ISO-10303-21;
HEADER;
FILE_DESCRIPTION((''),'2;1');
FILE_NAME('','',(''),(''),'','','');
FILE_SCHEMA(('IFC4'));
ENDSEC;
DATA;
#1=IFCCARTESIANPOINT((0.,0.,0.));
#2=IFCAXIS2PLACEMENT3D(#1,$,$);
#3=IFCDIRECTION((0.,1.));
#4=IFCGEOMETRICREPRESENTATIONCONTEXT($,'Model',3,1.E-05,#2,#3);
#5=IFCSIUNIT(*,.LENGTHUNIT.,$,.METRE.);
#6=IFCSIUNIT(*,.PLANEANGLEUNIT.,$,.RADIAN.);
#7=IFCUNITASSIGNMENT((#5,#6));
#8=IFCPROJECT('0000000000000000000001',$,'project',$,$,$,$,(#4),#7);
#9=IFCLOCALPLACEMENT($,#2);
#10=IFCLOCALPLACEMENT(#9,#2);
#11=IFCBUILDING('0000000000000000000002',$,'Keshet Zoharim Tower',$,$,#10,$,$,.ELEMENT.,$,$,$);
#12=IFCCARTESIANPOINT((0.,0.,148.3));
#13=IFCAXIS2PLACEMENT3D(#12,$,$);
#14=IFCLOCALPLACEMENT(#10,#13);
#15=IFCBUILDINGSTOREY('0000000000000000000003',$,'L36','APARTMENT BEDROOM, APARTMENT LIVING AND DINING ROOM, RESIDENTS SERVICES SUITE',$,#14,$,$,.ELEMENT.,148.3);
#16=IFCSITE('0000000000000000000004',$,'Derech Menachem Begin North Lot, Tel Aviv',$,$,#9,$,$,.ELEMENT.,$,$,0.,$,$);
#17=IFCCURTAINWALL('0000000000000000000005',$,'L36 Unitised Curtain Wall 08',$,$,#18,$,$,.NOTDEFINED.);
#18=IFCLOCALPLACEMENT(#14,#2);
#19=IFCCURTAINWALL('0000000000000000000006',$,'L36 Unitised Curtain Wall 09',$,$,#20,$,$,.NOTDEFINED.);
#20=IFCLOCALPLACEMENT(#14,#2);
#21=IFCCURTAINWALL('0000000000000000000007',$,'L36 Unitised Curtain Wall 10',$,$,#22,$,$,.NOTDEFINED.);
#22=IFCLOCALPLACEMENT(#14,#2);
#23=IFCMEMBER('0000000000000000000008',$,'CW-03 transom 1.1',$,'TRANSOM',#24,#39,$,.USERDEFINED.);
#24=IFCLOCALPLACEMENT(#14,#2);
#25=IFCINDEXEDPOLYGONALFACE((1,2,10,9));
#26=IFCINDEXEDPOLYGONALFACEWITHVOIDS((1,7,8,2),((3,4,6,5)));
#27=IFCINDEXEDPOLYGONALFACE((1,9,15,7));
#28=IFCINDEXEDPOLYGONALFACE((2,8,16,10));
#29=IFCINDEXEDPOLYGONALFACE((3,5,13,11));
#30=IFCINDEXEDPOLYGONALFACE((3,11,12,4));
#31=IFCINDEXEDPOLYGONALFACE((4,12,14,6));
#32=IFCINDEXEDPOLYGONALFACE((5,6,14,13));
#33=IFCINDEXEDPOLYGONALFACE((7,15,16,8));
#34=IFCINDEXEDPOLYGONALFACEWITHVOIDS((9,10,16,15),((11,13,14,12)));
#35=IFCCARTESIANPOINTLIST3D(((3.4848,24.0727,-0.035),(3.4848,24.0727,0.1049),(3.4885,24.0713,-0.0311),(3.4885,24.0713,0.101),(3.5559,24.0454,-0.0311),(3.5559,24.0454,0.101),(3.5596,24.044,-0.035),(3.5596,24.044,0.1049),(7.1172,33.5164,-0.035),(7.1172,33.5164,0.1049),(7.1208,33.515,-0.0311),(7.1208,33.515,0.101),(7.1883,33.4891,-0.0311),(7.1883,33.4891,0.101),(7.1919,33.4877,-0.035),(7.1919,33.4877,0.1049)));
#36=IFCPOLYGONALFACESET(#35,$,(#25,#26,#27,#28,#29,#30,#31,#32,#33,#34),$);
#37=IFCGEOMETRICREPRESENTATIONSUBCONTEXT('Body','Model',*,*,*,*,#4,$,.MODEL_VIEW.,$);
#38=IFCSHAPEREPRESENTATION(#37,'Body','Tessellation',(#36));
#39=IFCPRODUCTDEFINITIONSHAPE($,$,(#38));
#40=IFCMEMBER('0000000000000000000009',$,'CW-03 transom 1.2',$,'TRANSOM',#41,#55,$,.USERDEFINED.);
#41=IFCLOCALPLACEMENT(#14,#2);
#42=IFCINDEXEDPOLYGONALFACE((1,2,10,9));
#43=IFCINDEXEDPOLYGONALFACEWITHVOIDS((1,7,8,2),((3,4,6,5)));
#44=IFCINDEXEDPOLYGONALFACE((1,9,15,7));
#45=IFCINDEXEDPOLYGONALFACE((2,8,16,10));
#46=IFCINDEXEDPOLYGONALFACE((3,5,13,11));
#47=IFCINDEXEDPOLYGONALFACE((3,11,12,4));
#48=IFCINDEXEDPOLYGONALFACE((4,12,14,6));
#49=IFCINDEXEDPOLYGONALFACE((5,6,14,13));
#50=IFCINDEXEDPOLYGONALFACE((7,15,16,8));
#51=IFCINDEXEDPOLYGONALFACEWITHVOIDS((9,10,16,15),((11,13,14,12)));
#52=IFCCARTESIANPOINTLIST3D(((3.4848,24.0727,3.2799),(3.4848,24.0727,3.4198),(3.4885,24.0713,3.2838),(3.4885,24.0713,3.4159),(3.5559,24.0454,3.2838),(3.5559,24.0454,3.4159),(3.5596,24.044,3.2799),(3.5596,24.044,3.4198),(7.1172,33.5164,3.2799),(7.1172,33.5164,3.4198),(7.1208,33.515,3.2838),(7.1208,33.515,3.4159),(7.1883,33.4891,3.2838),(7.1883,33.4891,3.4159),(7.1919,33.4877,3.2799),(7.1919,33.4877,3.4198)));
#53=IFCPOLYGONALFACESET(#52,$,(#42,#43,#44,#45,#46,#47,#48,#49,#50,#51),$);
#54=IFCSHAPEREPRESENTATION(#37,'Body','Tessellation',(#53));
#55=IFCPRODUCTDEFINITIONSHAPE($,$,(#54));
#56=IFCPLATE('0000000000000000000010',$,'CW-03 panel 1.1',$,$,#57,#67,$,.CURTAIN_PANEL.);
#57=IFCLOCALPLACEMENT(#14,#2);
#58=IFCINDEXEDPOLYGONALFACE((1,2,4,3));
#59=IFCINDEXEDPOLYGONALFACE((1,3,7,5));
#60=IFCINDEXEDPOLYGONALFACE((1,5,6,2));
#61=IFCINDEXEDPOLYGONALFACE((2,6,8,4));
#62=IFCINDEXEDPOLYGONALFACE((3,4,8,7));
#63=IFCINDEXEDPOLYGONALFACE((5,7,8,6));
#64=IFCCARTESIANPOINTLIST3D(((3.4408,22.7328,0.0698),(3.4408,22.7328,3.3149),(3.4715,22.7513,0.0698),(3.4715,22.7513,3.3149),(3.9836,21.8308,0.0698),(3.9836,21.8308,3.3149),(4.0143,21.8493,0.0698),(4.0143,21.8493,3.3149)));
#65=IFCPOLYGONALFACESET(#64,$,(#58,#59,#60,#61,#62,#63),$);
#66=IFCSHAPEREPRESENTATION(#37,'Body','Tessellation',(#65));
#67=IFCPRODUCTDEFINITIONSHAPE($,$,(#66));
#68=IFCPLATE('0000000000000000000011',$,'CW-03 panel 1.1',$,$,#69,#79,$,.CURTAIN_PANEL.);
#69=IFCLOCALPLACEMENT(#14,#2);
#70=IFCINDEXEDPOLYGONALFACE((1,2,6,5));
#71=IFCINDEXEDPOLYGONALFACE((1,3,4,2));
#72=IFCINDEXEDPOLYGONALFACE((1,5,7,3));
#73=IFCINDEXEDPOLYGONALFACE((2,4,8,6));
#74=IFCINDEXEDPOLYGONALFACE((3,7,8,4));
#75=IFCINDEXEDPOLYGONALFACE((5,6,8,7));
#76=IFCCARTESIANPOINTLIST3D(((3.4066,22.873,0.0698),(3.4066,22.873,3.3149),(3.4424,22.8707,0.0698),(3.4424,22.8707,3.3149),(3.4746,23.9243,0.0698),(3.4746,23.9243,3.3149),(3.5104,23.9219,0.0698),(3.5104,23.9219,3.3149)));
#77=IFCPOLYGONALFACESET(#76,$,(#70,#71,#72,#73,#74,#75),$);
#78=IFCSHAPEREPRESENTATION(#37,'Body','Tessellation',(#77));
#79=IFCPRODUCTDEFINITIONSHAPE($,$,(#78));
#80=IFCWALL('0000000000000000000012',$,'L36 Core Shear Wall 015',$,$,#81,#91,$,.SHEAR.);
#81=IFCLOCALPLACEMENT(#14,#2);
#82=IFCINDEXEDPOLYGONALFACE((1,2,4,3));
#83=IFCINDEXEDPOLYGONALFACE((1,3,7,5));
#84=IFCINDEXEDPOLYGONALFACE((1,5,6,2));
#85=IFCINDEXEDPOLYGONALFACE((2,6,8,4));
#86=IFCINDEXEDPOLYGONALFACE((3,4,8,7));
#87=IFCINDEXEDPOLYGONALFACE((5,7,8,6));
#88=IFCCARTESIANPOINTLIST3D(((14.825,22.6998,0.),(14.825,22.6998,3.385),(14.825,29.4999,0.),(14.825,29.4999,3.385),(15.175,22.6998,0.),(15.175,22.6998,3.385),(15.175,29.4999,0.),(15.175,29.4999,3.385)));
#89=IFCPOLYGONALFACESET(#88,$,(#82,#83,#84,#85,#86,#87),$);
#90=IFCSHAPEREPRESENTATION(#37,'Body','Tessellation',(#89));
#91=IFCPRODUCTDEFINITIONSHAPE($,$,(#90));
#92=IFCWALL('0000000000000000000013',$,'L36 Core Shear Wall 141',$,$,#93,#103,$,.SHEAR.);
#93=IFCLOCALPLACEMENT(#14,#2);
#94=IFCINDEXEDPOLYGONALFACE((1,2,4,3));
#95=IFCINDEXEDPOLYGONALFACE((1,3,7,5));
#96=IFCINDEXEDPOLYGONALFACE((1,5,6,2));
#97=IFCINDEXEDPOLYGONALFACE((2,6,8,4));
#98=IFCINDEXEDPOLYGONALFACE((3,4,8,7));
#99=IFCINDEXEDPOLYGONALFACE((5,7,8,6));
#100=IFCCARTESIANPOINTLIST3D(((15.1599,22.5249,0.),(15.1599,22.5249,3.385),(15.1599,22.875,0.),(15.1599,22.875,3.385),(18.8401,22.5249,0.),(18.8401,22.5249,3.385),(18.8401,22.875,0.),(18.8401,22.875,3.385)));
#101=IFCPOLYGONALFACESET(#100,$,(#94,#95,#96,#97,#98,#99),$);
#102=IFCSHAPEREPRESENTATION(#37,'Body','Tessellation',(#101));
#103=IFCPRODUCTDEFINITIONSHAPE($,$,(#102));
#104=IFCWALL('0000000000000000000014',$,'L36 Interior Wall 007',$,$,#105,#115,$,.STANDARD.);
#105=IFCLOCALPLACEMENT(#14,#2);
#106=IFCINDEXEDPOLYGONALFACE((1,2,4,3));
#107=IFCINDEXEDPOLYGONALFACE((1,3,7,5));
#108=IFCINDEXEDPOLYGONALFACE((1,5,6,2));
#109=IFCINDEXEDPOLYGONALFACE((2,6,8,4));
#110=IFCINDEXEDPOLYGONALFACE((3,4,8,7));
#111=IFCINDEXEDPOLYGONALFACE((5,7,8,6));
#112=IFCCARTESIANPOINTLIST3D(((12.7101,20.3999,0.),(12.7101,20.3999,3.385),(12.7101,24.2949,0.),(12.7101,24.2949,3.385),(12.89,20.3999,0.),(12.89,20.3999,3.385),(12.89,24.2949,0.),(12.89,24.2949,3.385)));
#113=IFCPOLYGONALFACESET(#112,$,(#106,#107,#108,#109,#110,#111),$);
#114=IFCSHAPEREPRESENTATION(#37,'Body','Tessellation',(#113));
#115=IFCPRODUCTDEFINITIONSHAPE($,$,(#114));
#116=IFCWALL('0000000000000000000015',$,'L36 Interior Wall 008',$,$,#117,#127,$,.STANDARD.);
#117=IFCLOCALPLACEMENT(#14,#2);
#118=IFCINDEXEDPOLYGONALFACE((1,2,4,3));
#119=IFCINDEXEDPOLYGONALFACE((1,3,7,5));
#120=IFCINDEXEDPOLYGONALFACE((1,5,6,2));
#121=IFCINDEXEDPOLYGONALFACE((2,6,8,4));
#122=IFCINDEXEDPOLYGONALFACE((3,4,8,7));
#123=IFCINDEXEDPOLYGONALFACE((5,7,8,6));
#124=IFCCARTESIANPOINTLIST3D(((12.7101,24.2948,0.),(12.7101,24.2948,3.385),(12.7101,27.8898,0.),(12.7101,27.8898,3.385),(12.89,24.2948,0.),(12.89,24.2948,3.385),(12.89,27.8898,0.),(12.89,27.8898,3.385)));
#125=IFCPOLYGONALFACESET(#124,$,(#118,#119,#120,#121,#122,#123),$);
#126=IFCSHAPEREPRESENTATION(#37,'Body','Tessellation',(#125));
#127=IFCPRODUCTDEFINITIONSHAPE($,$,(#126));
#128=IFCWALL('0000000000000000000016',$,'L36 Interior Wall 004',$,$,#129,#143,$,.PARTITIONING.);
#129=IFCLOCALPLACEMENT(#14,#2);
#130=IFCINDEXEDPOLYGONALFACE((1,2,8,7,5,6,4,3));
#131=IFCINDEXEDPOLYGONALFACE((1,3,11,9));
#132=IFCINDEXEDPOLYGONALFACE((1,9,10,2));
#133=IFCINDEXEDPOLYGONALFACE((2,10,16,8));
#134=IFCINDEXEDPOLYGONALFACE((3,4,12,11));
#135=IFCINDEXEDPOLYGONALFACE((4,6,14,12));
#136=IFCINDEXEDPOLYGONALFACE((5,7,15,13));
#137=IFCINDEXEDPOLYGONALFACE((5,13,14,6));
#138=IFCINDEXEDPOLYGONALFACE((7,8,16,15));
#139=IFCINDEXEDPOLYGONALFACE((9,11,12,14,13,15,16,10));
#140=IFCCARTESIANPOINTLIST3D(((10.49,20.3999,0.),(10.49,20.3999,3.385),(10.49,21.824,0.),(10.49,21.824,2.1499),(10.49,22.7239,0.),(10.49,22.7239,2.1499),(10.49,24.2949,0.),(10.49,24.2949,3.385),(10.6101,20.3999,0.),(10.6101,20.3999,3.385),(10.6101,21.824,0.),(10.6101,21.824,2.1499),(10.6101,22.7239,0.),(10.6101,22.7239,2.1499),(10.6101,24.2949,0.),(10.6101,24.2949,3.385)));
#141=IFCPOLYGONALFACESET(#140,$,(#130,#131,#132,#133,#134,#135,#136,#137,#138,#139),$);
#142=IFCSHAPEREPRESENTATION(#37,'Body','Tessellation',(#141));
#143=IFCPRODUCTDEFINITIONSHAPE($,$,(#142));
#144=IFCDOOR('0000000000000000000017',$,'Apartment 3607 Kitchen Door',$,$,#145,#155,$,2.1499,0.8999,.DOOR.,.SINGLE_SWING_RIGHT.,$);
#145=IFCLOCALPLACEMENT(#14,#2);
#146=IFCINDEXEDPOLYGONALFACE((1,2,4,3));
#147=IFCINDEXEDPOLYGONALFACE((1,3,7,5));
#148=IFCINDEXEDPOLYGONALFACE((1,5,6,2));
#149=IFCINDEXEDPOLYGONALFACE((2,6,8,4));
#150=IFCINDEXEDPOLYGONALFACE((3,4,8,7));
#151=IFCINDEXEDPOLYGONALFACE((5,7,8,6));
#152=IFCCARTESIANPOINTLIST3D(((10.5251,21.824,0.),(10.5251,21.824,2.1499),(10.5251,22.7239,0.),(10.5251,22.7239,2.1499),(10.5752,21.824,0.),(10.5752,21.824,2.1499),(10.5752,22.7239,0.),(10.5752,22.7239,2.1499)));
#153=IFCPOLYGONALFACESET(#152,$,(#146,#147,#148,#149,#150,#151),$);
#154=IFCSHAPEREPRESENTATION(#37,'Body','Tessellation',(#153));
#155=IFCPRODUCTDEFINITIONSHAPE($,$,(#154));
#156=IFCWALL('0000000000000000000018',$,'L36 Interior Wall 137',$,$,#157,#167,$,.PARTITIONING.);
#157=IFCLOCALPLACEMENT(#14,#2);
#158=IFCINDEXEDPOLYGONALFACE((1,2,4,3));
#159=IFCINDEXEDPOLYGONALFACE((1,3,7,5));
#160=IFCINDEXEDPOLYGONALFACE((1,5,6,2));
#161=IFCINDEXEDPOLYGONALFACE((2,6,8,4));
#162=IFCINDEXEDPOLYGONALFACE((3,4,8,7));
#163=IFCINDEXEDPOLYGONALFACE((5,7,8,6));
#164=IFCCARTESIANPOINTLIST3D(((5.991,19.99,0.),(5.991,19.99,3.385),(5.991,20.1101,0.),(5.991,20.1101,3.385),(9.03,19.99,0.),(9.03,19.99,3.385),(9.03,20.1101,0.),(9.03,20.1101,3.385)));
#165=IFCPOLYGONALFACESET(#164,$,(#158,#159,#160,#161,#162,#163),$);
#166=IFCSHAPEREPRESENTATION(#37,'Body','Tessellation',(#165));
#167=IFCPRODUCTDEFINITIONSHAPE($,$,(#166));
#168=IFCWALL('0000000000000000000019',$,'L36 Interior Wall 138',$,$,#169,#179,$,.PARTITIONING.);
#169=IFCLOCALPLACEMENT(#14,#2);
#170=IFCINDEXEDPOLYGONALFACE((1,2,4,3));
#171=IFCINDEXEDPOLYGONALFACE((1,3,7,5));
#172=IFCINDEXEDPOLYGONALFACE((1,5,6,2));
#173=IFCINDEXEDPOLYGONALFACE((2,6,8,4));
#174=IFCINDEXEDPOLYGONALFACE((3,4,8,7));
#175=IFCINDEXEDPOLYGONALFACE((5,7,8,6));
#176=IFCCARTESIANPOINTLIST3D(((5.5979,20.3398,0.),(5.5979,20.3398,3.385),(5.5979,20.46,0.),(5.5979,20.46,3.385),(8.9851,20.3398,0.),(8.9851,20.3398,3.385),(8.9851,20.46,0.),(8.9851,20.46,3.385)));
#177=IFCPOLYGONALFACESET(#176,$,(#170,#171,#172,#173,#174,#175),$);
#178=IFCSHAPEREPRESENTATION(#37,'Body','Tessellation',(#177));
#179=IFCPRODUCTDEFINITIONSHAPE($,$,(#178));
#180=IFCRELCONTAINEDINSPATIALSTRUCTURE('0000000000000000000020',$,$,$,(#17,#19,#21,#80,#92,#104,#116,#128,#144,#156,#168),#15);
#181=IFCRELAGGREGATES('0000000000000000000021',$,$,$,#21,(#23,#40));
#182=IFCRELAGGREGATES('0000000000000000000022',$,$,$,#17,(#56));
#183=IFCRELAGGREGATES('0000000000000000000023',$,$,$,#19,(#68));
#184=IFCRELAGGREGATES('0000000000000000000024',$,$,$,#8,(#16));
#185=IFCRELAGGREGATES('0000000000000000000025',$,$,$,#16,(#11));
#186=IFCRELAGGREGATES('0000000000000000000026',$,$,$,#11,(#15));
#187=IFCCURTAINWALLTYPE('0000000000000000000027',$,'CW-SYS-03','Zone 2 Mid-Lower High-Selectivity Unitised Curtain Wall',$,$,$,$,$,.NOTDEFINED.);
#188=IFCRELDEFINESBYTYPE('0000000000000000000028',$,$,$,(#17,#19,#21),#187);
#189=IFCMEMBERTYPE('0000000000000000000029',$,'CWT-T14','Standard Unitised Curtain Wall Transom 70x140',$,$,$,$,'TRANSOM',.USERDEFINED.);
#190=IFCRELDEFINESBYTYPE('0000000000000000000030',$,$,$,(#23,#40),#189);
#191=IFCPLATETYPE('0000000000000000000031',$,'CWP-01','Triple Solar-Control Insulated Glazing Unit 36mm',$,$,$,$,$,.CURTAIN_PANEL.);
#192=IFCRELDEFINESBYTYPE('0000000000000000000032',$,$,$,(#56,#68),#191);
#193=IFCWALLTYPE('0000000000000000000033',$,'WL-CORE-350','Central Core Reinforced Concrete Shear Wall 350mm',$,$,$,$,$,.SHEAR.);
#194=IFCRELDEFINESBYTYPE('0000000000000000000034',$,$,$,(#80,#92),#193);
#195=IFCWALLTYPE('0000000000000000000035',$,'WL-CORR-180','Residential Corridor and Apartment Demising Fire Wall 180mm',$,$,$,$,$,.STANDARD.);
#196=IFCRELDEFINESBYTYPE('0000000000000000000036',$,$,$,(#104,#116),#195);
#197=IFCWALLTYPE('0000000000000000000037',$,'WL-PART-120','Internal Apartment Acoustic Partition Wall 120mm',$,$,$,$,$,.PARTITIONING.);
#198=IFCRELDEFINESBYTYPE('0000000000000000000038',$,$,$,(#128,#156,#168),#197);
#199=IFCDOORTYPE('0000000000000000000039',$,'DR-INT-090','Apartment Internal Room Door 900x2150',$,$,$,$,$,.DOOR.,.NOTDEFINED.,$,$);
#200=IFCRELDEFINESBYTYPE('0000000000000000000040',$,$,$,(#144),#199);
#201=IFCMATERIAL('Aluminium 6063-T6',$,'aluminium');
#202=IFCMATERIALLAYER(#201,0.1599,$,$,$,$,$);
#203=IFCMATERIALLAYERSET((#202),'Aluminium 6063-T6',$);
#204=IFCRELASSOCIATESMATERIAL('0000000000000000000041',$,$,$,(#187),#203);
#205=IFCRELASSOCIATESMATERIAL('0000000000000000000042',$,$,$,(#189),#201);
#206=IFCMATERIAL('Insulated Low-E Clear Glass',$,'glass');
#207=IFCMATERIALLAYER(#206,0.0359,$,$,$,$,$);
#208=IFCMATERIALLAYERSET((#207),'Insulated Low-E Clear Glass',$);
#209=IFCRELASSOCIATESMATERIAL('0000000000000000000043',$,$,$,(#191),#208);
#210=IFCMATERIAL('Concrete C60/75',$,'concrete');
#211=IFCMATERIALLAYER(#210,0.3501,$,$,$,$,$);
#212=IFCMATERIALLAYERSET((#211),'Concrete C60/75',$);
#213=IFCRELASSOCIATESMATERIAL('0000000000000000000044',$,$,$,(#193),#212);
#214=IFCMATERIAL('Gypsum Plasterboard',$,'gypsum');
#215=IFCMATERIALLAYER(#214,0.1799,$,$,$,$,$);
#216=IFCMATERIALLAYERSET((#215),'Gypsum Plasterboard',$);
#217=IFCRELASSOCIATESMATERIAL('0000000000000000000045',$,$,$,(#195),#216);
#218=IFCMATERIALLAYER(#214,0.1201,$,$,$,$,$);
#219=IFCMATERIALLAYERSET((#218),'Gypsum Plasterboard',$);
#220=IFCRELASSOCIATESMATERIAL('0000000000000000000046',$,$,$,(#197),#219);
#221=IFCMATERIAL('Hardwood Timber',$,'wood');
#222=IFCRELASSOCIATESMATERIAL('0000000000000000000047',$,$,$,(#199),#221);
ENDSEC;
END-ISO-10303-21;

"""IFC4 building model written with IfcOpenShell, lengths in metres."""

from ifc_helpers import new_model, si_unit, direction, frame, frame_2d, origin, origin_2d, place, context, subcontext, project, spatial, rectangle, hollow_rectangle, extrude, material, layer, layer_set, material_profile, profile_set, type_object, element, fill, aggregate, save


model = new_model("IFC4")

# Units and contexts
model_context = context("Model", 3, precision=1e-05, world=origin(), true_north=direction((0.0, 1.0)))
body_context = subcontext(model_context, "Body", "Model", "MODEL_VIEW")
ifc_project = project(units=[si_unit("LENGTHUNIT", "METRE"), si_unit("PLANEANGLEUNIT", "RADIAN")], contexts=[model_context])

# Site, building, storey
site_placement = place(None, origin())
site = spatial("IfcSite", under=ifc_project, at=site_placement, Name="Derech Menachem Begin North Lot, Tel Aviv", CompositionType="ELEMENT", RefElevation=0.0)
building_placement = place(site_placement, origin())
building = spatial("IfcBuilding", under=site, at=building_placement, Name="Keshet Zoharim Tower", CompositionType="ELEMENT")
storey_placement = place(building_placement, frame((0.0, 0.0, 148.3)))
storey = spatial("IfcBuildingStorey", under=building, at=storey_placement, Name="L36", Description="APARTMENT BEDROOM, APARTMENT LIVING AND DINING ROOM, RESIDENTS SERVICES SUITE", CompositionType="ELEMENT", Elevation=148.3)

# Shared definitions
ifc_material_1 = material(Name="Concrete C60/75", Category="concrete")

# Shared definitions
ifc_material_2 = material(Name="Aluminium 6063-T6", Category="aluminium")
ifc_layer_1 = layer(ifc_material_2, 0.1599)
ifc_layer_set_1 = layer_set([ifc_layer_1], Name="Aluminium 6063-T6")
curtain_wall_type = type_object("IfcCurtainWallType", Name="CW-SYS-03", Description="Zone 2 Mid-Lower High-Selectivity Unitised Curtain Wall", PredefinedType="NOTDEFINED", material=ifc_layer_set_1)

# Curtain walls
curtain_wall_1_placement = place(storey_placement, origin())
curtain_wall_1 = element("IfcCurtainWall", 1, at=curtain_wall_1_placement, inside=storey, type_object=curtain_wall_type, Name="L36 Unitised Curtain Wall 08", PredefinedType="NOTDEFINED")
curtain_wall_2_placement = place(storey_placement, origin())
curtain_wall_2 = element("IfcCurtainWall", 2, at=curtain_wall_2_placement, inside=storey, type_object=curtain_wall_type, Name="L36 Unitised Curtain Wall 09", PredefinedType="NOTDEFINED")

# Curtain wall
curtain_wall_3_placement = place(storey_placement, origin())
curtain_wall_3 = element("IfcCurtainWall", 3, at=curtain_wall_3_placement, inside=storey, type_object=curtain_wall_type, Name="L36 Unitised Curtain Wall 10", PredefinedType="NOTDEFINED")

# Members
ifc_material_profile_1 = material_profile(ifc_material_2, hollow_rectangle(XDim=0.0801, YDim=0.1399, WallThickness=0.0039, at=origin_2d()), Name="TRN-80x140")
ifc_profile_set_1 = profile_set([ifc_material_profile_1], Name="Aluminium 6063-T6")
member_type_1 = type_object("IfcMemberType", Name="CWT-T14", Description="Standard Unitised Curtain Wall Transom 70x140", ElementType="TRANSOM", PredefinedType="USERDEFINED", material=ifc_profile_set_1)
member_1_placement = place(storey_placement, frame((3.5222, 24.0583, 0.0349), z_axis=(0.358994, 0.93334, 0.0), x_axis=(-0.93334, 0.358994, 0.0)))
member_1 = element("IfcMember", 4, at=member_1_placement, type_object=member_type_1, Name="CW-03 transom 1.1", ObjectType="TRANSOM", PredefinedType="USERDEFINED", context=body_context, shape_type="SweptSolid", body=[
    extrude(hollow_rectangle(XDim=0.0801, YDim=0.1399, WallThickness=0.0039, at=origin_2d()), origin(), (0.0, 0.0, 1.0), 10.1182),
])
member_2_placement = place(storey_placement, frame((3.5222, 24.0583, 3.3499), z_axis=(0.358994, 0.93334, 0.0), x_axis=(-0.93334, 0.358994, 0.0)))
member_2 = element("IfcMember", 5, at=member_2_placement, type_object=member_type_1, Name="CW-03 transom 1.2", ObjectType="TRANSOM", PredefinedType="USERDEFINED", context=body_context, shape_type="SweptSolid", body=[
    extrude(hollow_rectangle(XDim=0.0801, YDim=0.1399, WallThickness=0.0039, at=origin_2d()), origin(), (0.0, 0.0, 1.0), 10.1182),
])
aggregate(curtain_wall_3, [member_1, member_2])

# Plates
ifc_material_3 = material(Name="Insulated Low-E Clear Glass", Category="glass")
ifc_layer_2 = layer(ifc_material_3, 0.0359)
ifc_layer_set_2 = layer_set([ifc_layer_2], Name="Insulated Low-E Clear Glass")
plate_type = type_object("IfcPlateType", Name="CWP-01", Description="Triple Solar-Control Insulated Glazing Unit 36mm", PredefinedType="CURTAIN_PANEL", material=ifc_layer_set_2)
plate_1_placement = place(storey_placement, frame((3.7275, 22.291, 0.0698), z_axis=(0.0, 0.0, 1.0), x_axis=(-0.515605, 0.856826, 0.0)))
plate_1 = element("IfcPlate", 6, at=plate_1_placement, type_object=plate_type, Name="CW-03 panel 1.1", PredefinedType="CURTAIN_PANEL", context=body_context, shape_type="SweptSolid", body=[
    extrude(rectangle(XDim=1.0527, YDim=0.0359, at=origin_2d()), origin(), (0.0, 0.0, 1.0), 3.2451),
])
aggregate(curtain_wall_1, [plate_1])
plate_2_placement = place(storey_placement, frame((3.4585, 23.3975, 0.0698), z_axis=(0.0, 0.0, 1.0), x_axis=(0.064517, 0.997917, 0.0)))
plate_2 = element("IfcPlate", 7, at=plate_2_placement, type_object=plate_type, Name="CW-03 panel 1.1", PredefinedType="CURTAIN_PANEL", context=body_context, shape_type="SweptSolid", body=[
    extrude(rectangle(XDim=1.0535, YDim=0.0359, at=origin_2d()), origin(), (0.0, 0.0, 1.0), 3.2451),
])
aggregate(curtain_wall_2, [plate_2])

# Walls
ifc_layer_3 = layer(ifc_material_1, 0.3501)
ifc_layer_set_3 = layer_set([ifc_layer_3], Name="Concrete C60/75")
wall_type_1 = type_object("IfcWallType", Name="WL-CORE-350", Description="Central Core Reinforced Concrete Shear Wall 350mm", PredefinedType="SHEAR", material=ifc_layer_set_3)
wall_1_placement = place(storey_placement, frame((15.0, 22.7, 0.0), z_axis=(0.0, 0.0, 1.0), x_axis=(0.0, 1.0, 0.0)))
element("IfcWall", 8, at=wall_1_placement, inside=storey, type_object=wall_type_1, Name="L36 Core Shear Wall 015", PredefinedType="SHEAR", context=body_context, shape_type="SweptSolid", body=[
    extrude(rectangle(XDim=6.8, YDim=0.3501, at=frame_2d((3.3999, 0.0))), origin(), (0.0, 0.0, 1.0), 3.385),
])
wall_2_placement = place(storey_placement, frame((15.1599, 22.7, 0.0), z_axis=(0.0, 0.0, 1.0), x_axis=(1.0, 0.0, 0.0)))
element("IfcWall", 9, at=wall_2_placement, inside=storey, type_object=wall_type_1, Name="L36 Core Shear Wall 141", PredefinedType="SHEAR", context=body_context, shape_type="SweptSolid", body=[
    extrude(rectangle(XDim=3.6802, YDim=0.3501, at=frame_2d((1.8401, 0.0))), origin(), (0.0, 0.0, 1.0), 3.385),
])
ifc_material_4 = material(Name="Gypsum Plasterboard", Category="gypsum")
ifc_layer_4 = layer(ifc_material_4, 0.1799)
ifc_layer_set_4 = layer_set([ifc_layer_4], Name="Gypsum Plasterboard")
wall_type_2 = type_object("IfcWallType", Name="WL-CORR-180", Description="Residential Corridor and Apartment Demising Fire Wall 180mm", PredefinedType="STANDARD", material=ifc_layer_set_4)
wall_3_placement = place(storey_placement, frame((12.8, 20.3999, 0.0), z_axis=(0.0, 0.0, 1.0), x_axis=(0.0, 1.0, 0.0)))
element("IfcWall", 10, at=wall_3_placement, inside=storey, type_object=wall_type_2, Name="L36 Interior Wall 007", PredefinedType="STANDARD", context=body_context, shape_type="SweptSolid", body=[
    extrude(rectangle(XDim=3.895, YDim=0.1799, at=frame_2d((1.9475, 0.0))), origin(), (0.0, 0.0, 1.0), 3.385),
])
wall_4_placement = place(storey_placement, frame((12.8, 24.2949, 0.0), z_axis=(0.0, 0.0, 1.0), x_axis=(0.0, 1.0, 0.0)))
element("IfcWall", 11, at=wall_4_placement, inside=storey, type_object=wall_type_2, Name="L36 Interior Wall 008", PredefinedType="STANDARD", context=body_context, shape_type="SweptSolid", body=[
    extrude(rectangle(XDim=3.595, YDim=0.1799, at=frame_2d((1.7974, 0.0))), origin(), (0.0, 0.0, 1.0), 3.385),
])

# Shared definitions
ifc_layer_5 = layer(ifc_material_4, 0.1201)
ifc_layer_set_5 = layer_set([ifc_layer_5], Name="Gypsum Plasterboard")
wall_type_3 = type_object("IfcWallType", Name="WL-PART-120", Description="Internal Apartment Acoustic Partition Wall 120mm", PredefinedType="PARTITIONING", material=ifc_layer_set_5)
ifc_material_5 = material(Name="Hardwood Timber", Category="wood")
door_type_1 = type_object("IfcDoorType", Name="DR-INT-090", Description="Apartment Internal Room Door 900x2150", OperationType="NOTDEFINED", PredefinedType="DOOR", material=ifc_material_5)

# Wall, opening, door
wall_5_placement = place(storey_placement, frame((10.55, 20.3999, 0.0), z_axis=(0.0, 0.0, 1.0), x_axis=(0.0, 1.0, 0.0)))
wall_5 = element("IfcWall", 12, at=wall_5_placement, inside=storey, type_object=wall_type_3, Name="L36 Interior Wall 004", PredefinedType="PARTITIONING", context=body_context, shape_type="SweptSolid", body=[
    extrude(rectangle(XDim=3.895, YDim=0.1201, at=frame_2d((1.9475, 0.0))), origin(), (0.0, 0.0, 1.0), 3.385),
])
opening_1_placement = place(wall_5_placement, frame((1.4241, 0.0, 0.0)))
opening_1 = element("IfcOpeningElement", 13, at=opening_1_placement, cuts=wall_5, PredefinedType="OPENING", context=body_context, shape_type="SweptSolid", body=[
    extrude(rectangle(XDim=0.8999, YDim=2.1499, at=frame_2d((0.45, 1.075))), frame((0.0, 0.0701, 0.0), z_axis=(0.0, -1.0, 0.0), x_axis=(1.0, 0.0, 0.0)), (0.0, 0.0, 1.0), 0.1401),
])
door_1_placement = place(opening_1_placement, origin())
door_1 = element("IfcDoor", 14, at=door_1_placement, inside=storey, type_object=door_type_1, Name="Apartment 3607 Kitchen Door", OperationType="SINGLE_SWING_RIGHT", OverallHeight=2.1499, OverallWidth=0.8999, PredefinedType="DOOR", context=body_context, shape_type="SweptSolid", body=[
    extrude(rectangle(XDim=0.8999, YDim=2.1499, at=frame_2d((0.45, 1.075))), frame((0.0, 0.0249, 0.0), z_axis=(0.0, -1.0, 0.0), x_axis=(1.0, 0.0, 0.0)), (0.0, 0.0, 1.0), 0.05),
])
fill(opening_1, door_1)

# Walls
wall_6_placement = place(storey_placement, frame((5.991, 20.05, 0.0), z_axis=(0.0, 0.0, 1.0), x_axis=(1.0, 0.0, 0.0)))
element("IfcWall", 15, at=wall_6_placement, inside=storey, type_object=wall_type_3, Name="L36 Interior Wall 137", PredefinedType="PARTITIONING", context=body_context, shape_type="SweptSolid", body=[
    extrude(rectangle(XDim=3.0391, YDim=0.1201, at=frame_2d((1.5195, 0.0))), origin(), (0.0, 0.0, 1.0), 3.385),
])
wall_7_placement = place(storey_placement, frame((5.5979, 20.3999, 0.0), z_axis=(0.0, 0.0, 1.0), x_axis=(1.0, 0.0, 0.0)))
element("IfcWall", 16, at=wall_7_placement, inside=storey, type_object=wall_type_3, Name="L36 Interior Wall 138", PredefinedType="PARTITIONING", context=body_context, shape_type="SweptSolid", body=[
    extrude(rectangle(XDim=3.3872, YDim=0.1201, at=frame_2d((1.6936, 0.0))), origin(), (0.0, 0.0, 1.0), 3.385),
])

save(model, "model.ifc")
